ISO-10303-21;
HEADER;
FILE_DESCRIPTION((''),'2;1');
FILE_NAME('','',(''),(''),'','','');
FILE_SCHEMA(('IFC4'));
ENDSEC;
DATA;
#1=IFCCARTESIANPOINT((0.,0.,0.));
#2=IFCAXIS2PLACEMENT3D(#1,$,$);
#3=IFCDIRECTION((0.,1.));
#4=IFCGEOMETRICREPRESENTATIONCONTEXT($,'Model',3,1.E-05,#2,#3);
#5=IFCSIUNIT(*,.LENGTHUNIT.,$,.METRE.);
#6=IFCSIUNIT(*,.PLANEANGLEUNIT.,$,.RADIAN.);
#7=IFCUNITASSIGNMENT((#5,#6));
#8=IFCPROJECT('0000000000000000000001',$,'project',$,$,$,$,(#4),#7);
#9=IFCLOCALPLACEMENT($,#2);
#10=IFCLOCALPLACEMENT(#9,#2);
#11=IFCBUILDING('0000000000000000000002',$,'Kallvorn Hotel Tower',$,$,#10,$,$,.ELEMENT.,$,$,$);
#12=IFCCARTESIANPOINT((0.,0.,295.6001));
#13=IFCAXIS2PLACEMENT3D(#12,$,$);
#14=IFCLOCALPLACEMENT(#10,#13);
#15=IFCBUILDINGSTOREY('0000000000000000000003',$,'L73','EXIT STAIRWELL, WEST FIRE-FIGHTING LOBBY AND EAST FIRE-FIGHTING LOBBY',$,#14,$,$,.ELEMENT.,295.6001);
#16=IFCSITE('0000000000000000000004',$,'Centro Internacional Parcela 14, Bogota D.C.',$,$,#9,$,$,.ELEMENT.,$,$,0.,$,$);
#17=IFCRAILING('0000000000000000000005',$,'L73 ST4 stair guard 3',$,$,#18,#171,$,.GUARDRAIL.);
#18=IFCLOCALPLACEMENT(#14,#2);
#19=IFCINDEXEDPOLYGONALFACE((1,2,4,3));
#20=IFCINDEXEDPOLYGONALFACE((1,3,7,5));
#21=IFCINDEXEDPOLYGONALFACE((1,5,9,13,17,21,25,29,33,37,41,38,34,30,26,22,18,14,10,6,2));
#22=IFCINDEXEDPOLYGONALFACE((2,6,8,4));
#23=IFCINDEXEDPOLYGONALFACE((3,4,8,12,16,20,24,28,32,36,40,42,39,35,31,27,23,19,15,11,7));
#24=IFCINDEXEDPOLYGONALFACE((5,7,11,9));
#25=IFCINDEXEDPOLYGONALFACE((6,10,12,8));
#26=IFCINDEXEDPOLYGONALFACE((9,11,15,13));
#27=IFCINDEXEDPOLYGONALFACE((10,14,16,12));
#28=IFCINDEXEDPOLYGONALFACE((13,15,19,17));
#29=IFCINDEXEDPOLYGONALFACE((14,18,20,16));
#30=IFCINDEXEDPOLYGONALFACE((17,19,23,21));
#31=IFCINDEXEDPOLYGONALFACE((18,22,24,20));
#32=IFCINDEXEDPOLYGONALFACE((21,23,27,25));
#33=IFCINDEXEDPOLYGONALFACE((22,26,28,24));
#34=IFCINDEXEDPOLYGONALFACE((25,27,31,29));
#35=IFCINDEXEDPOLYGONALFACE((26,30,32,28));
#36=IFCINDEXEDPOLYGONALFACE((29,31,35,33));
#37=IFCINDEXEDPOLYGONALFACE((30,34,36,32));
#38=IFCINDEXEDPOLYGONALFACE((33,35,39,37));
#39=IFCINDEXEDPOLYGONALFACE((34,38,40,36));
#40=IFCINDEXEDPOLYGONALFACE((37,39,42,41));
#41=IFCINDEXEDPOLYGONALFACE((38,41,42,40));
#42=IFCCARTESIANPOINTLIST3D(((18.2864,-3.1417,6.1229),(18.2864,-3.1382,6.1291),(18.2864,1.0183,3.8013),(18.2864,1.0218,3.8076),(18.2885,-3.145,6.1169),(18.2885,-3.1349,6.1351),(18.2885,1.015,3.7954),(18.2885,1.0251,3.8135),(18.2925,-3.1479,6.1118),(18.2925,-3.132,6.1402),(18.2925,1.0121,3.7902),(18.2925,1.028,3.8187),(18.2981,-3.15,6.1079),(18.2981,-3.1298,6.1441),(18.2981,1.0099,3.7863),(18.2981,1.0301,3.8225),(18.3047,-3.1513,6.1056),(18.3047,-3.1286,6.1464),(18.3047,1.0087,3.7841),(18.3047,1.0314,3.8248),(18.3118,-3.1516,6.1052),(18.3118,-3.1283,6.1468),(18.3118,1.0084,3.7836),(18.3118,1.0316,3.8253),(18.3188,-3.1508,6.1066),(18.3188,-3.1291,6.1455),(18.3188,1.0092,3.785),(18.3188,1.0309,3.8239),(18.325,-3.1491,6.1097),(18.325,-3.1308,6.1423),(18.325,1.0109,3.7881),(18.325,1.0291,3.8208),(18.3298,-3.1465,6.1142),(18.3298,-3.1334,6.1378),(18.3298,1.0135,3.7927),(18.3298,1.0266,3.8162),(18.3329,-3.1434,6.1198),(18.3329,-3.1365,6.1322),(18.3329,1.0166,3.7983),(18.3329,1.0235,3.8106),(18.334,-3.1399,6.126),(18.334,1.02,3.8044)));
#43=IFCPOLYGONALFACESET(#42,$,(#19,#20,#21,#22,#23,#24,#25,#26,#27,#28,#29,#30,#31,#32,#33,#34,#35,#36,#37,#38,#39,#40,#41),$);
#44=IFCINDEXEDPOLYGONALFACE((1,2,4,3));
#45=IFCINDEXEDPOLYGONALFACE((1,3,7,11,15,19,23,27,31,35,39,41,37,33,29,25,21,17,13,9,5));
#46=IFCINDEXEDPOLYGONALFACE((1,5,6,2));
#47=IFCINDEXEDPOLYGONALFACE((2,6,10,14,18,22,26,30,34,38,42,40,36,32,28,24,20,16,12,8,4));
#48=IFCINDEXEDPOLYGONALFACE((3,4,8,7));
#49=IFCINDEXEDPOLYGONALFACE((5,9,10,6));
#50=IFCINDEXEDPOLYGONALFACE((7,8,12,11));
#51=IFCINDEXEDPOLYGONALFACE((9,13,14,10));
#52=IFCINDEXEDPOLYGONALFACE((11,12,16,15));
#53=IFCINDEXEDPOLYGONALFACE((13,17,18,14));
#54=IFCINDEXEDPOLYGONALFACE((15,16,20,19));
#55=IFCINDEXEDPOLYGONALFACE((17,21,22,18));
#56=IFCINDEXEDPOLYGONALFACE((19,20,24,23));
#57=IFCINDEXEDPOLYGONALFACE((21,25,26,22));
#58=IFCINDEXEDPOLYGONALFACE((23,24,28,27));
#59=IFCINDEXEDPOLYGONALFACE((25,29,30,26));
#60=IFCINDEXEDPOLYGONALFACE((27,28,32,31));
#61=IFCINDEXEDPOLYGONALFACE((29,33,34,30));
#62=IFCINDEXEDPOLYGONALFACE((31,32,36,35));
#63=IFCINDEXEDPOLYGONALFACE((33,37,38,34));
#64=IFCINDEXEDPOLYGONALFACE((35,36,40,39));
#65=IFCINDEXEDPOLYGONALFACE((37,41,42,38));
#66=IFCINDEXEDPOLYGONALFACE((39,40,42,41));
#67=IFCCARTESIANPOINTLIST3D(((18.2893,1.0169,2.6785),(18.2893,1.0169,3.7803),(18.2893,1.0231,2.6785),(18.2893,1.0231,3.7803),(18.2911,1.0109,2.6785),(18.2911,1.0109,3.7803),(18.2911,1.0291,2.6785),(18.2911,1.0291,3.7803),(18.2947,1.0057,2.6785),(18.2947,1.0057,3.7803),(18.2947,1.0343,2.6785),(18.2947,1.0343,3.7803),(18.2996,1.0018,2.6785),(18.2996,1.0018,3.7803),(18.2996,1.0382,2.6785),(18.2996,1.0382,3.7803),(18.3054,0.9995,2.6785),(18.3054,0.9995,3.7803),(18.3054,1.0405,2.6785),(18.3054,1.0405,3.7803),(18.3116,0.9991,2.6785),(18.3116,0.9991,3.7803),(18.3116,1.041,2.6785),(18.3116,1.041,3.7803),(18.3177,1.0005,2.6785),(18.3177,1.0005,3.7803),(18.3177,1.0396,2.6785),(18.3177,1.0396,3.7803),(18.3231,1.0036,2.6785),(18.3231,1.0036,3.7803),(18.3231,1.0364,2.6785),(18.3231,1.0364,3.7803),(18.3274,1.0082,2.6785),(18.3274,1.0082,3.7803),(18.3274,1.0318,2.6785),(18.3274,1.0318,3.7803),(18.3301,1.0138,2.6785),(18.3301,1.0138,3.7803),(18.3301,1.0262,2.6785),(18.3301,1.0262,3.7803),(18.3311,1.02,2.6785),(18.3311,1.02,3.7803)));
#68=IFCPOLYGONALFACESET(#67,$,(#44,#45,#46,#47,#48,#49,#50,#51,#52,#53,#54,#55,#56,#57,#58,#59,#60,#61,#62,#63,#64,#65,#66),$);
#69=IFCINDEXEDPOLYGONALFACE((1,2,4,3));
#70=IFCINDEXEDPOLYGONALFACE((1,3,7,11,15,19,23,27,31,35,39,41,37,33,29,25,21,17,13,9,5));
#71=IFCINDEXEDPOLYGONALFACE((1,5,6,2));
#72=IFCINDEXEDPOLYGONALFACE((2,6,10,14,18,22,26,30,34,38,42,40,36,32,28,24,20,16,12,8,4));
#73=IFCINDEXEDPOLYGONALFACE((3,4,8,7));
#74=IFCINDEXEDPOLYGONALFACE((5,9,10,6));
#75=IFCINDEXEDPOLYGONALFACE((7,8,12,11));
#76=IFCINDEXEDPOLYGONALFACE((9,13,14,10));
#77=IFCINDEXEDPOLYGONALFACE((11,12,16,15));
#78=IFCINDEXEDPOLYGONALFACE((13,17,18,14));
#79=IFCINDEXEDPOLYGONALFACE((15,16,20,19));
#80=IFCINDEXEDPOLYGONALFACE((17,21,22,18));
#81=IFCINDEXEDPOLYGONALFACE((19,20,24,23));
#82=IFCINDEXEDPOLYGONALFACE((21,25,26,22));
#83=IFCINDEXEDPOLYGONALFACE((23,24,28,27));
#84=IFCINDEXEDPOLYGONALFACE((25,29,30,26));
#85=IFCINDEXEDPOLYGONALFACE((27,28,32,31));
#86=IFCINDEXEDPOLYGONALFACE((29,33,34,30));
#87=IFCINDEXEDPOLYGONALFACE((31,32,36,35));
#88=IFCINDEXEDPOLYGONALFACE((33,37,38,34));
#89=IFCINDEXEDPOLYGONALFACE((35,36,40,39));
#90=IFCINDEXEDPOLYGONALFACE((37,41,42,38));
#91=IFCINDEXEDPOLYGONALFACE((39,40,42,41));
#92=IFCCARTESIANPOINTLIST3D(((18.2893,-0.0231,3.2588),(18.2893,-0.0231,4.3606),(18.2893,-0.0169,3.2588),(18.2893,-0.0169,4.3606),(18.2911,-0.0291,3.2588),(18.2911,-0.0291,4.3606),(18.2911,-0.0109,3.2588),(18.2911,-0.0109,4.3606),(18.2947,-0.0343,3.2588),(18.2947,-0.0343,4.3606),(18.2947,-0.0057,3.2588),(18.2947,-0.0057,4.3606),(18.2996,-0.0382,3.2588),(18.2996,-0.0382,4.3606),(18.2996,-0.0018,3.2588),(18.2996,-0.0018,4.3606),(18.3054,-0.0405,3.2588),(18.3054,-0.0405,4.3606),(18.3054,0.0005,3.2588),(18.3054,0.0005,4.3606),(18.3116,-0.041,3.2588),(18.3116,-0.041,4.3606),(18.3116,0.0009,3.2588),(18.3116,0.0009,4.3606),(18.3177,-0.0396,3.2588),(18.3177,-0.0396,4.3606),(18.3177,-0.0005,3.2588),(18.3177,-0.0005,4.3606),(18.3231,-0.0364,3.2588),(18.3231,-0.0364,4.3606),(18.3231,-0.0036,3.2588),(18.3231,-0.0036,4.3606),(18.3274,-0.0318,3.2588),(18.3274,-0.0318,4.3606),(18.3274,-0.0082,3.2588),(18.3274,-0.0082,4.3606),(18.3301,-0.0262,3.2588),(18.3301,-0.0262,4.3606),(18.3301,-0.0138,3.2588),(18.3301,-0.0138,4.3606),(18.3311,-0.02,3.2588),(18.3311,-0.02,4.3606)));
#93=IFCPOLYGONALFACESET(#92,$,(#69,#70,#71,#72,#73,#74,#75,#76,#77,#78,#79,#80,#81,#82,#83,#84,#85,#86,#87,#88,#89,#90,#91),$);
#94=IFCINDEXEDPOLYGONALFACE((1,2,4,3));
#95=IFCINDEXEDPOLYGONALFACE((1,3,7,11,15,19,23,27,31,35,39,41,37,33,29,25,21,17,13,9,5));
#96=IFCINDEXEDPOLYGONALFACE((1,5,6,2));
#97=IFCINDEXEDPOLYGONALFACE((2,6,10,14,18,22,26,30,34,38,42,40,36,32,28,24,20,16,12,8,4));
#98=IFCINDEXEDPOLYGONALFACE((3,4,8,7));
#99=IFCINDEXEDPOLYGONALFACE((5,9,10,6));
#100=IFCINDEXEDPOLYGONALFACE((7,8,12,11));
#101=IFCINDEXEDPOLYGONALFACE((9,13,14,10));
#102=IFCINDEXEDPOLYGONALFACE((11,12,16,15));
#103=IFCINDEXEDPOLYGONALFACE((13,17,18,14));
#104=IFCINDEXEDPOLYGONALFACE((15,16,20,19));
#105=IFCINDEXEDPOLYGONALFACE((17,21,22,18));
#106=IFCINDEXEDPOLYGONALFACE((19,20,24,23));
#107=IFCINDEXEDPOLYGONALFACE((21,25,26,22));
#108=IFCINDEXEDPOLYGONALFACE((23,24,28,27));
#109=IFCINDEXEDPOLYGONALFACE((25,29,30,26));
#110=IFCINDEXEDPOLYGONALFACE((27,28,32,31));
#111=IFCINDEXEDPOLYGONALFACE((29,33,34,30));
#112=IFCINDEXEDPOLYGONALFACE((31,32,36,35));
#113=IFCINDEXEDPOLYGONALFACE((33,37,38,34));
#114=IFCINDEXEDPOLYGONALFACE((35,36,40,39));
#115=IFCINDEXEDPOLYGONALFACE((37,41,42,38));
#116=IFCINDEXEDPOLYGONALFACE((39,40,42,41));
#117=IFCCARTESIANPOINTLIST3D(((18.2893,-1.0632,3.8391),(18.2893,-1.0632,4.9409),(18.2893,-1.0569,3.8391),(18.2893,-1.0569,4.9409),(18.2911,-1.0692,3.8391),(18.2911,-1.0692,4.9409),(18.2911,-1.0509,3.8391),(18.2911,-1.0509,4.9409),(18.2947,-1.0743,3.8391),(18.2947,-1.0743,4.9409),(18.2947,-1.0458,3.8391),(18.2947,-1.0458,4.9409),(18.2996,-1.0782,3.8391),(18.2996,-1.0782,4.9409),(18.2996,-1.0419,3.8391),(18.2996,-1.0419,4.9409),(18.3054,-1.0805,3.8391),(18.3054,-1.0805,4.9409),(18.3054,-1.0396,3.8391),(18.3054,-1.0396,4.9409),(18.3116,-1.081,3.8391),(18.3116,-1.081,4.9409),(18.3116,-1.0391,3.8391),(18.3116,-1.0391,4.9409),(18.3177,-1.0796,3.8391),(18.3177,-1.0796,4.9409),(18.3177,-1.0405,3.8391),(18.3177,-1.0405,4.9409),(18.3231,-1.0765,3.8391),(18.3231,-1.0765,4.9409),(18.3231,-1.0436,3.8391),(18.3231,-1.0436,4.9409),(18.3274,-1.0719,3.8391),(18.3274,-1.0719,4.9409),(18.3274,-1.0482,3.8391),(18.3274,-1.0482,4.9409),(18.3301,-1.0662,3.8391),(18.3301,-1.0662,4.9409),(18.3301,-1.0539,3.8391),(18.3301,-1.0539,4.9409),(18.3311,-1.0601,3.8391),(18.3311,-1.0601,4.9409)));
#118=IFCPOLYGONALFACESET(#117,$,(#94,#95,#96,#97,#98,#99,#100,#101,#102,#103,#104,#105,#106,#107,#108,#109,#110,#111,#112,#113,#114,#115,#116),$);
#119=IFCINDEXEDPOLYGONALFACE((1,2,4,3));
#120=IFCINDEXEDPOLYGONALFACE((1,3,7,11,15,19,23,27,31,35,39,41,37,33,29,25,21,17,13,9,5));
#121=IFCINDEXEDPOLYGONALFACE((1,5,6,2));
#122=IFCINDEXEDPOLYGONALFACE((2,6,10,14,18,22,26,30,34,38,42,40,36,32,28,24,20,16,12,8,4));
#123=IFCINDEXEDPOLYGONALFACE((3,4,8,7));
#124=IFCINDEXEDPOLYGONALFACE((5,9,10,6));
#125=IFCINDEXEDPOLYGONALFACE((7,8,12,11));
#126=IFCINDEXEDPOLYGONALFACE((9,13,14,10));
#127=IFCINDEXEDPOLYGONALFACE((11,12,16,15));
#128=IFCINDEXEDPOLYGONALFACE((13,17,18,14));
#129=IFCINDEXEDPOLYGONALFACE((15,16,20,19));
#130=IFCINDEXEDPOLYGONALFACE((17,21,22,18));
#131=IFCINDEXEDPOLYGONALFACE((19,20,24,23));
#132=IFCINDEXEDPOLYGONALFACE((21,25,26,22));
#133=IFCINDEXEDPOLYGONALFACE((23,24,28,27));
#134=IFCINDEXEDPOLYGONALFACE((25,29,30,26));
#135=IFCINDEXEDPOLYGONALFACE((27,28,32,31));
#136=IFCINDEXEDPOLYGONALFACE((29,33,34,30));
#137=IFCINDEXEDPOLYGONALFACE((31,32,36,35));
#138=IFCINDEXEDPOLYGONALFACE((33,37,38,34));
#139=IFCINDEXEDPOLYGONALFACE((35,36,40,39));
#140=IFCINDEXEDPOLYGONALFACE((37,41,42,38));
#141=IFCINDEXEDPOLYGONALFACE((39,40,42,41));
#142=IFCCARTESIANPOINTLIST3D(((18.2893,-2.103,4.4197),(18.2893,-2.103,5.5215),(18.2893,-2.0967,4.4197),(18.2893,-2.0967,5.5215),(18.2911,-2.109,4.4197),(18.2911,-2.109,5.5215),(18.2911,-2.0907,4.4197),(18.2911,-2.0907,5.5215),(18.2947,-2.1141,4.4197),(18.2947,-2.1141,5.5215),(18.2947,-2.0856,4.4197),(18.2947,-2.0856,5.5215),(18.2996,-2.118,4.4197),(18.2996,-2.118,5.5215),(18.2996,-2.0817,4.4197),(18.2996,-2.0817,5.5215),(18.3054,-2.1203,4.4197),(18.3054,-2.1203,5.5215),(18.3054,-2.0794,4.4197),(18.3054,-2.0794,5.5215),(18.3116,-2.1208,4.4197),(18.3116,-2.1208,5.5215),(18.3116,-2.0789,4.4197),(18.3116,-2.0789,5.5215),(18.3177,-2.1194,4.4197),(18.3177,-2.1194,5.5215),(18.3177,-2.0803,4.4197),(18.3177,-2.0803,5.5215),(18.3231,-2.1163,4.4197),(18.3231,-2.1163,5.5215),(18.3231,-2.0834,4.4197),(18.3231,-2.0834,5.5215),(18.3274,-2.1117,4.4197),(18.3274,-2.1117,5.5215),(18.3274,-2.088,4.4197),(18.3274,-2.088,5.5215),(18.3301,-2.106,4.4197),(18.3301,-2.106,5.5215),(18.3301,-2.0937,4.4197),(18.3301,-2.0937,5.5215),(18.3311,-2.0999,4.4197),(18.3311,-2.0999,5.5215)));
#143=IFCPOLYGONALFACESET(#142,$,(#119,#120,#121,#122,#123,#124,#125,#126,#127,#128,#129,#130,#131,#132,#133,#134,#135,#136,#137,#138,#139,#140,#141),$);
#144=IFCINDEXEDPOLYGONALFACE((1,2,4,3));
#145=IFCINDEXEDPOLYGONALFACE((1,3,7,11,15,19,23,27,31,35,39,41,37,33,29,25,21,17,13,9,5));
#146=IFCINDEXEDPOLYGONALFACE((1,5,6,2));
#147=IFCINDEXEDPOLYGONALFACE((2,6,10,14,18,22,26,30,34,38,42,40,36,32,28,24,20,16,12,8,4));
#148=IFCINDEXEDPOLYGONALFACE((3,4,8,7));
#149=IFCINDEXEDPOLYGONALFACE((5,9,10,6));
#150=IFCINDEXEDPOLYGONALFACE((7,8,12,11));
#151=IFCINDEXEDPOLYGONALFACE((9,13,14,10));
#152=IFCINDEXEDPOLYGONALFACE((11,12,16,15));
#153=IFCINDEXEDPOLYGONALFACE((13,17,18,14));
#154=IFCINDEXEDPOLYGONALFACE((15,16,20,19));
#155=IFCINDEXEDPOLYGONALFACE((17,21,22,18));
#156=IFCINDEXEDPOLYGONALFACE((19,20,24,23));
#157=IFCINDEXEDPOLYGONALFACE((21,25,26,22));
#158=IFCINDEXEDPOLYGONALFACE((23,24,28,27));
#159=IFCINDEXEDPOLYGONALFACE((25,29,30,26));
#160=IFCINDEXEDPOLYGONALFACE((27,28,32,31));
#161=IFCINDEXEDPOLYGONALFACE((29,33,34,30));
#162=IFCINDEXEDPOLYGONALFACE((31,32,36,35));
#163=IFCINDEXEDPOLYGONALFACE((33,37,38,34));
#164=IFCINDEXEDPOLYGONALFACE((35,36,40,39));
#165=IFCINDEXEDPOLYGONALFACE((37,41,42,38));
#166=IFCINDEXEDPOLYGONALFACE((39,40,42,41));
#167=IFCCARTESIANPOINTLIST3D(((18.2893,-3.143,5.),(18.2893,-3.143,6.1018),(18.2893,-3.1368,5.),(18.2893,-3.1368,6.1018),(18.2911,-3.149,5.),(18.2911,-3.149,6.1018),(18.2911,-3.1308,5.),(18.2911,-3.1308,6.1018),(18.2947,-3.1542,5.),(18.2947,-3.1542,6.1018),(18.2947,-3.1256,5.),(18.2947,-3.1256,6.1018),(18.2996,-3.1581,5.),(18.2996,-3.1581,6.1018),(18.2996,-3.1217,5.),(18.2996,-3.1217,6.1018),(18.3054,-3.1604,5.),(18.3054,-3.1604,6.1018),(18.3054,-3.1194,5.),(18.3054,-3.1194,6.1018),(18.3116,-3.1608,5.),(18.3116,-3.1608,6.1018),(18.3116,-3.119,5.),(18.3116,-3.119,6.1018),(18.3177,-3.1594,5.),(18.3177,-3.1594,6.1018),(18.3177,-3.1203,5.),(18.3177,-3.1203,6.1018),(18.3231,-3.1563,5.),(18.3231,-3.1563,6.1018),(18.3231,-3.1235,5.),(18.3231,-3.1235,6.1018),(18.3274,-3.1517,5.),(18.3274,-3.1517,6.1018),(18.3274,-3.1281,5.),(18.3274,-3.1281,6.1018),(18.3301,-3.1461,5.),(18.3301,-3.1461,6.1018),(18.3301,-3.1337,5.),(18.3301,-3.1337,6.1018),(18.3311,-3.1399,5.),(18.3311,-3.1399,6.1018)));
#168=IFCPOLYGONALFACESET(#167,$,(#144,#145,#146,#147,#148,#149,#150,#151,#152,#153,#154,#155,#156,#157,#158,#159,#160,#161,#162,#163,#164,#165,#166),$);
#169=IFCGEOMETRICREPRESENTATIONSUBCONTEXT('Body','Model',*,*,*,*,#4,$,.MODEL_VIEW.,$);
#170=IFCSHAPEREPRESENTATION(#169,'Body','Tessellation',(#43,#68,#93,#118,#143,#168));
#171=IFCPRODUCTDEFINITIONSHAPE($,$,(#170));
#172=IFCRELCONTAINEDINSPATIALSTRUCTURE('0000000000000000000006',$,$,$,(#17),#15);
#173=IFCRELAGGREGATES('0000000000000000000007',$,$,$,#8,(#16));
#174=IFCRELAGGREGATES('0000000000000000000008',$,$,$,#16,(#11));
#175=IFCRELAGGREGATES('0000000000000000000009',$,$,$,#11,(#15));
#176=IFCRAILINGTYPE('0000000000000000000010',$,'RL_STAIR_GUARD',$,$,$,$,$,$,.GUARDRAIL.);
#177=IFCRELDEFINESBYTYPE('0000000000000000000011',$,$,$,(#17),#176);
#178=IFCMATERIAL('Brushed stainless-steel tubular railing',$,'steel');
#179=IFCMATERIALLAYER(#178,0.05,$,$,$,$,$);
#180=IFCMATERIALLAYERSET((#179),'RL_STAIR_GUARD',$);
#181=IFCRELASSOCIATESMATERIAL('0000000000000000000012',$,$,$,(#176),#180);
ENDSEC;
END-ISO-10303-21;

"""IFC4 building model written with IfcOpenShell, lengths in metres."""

from ifc_helpers import new_model, si_unit, direction, frame, origin, origin_2d, place, context, subcontext, project, spatial, circle, extrude, material, layer, layer_set, type_object, element, save


model = new_model("IFC4")

# Units and contexts
model_context = context("Model", 3, precision=1e-05, world=origin(), true_north=direction((0.0, 1.0)))
body_context = subcontext(model_context, "Body", "Model", "MODEL_VIEW")
ifc_project = project(units=[si_unit("LENGTHUNIT", "METRE"), si_unit("PLANEANGLEUNIT", "RADIAN")], contexts=[model_context])

# Site, building, storey
site_placement = place(None, origin())
site = spatial("IfcSite", under=ifc_project, at=site_placement, Name="Centro Internacional Parcela 14, Bogota D.C.", CompositionType="ELEMENT", RefElevation=0.0)
building_placement = place(site_placement, origin())
building = spatial("IfcBuilding", under=site, at=building_placement, Name="Kallvorn Hotel Tower", CompositionType="ELEMENT")
storey_placement = place(building_placement, frame((0.0, 0.0, 295.6001)))
storey = spatial("IfcBuildingStorey", under=building, at=storey_placement, Name="L73", Description="EXIT STAIRWELL, WEST FIRE-FIGHTING LOBBY AND EAST FIRE-FIGHTING LOBBY", CompositionType="ELEMENT", Elevation=295.6001)

# Railing
ifc_material_1 = material(Name="Brushed stainless-steel tubular railing", Category="steel")
ifc_layer_1 = layer(ifc_material_1, 0.05)
ifc_layer_set_1 = layer_set([ifc_layer_1], Name="RL_STAIR_GUARD")
railing_type_1 = type_object("IfcRailingType", Name="RL_STAIR_GUARD", PredefinedType="GUARDRAIL", material=ifc_layer_set_1)
railing_1_placement = place(storey_placement, frame((18.3101, 1.02, 2.6785)))
element("IfcRailing", 1, at=railing_1_placement, inside=storey, type_object=railing_type_1, Name="L73 ST4 stair guard 3", PredefinedType="GUARDRAIL", context=body_context, shape_type="SweptSolid", body=[
    extrude(circle(Radius=0.0239, at=origin_2d()), frame((0.0, 0.0, 1.126), z_axis=(0.0, -0.873223, 0.487322), x_axis=(1.0, 0.0, 0.0)), (0.0, 0.0, 1.0), 4.7639),
    extrude(circle(Radius=0.021, at=origin_2d()), origin(), (0.0, 0.0, 1.0), 1.1018),
    extrude(circle(Radius=0.021, at=origin_2d()), frame((0.0, -1.04, 0.5803)), (0.0, 0.0, 1.0), 1.1018),
    extrude(circle(Radius=0.021, at=origin_2d()), frame((0.0, -2.0801, 1.1606)), (0.0, 0.0, 1.0), 1.1018),
    extrude(circle(Radius=0.021, at=origin_2d()), frame((0.0, -3.1199, 1.7412)), (0.0, 0.0, 1.0), 1.1018),
    extrude(circle(Radius=0.021, at=origin_2d()), frame((0.0, -4.1599, 2.3215)), (0.0, 0.0, 1.0), 1.1018),
])

save(model, "model.ifc")
